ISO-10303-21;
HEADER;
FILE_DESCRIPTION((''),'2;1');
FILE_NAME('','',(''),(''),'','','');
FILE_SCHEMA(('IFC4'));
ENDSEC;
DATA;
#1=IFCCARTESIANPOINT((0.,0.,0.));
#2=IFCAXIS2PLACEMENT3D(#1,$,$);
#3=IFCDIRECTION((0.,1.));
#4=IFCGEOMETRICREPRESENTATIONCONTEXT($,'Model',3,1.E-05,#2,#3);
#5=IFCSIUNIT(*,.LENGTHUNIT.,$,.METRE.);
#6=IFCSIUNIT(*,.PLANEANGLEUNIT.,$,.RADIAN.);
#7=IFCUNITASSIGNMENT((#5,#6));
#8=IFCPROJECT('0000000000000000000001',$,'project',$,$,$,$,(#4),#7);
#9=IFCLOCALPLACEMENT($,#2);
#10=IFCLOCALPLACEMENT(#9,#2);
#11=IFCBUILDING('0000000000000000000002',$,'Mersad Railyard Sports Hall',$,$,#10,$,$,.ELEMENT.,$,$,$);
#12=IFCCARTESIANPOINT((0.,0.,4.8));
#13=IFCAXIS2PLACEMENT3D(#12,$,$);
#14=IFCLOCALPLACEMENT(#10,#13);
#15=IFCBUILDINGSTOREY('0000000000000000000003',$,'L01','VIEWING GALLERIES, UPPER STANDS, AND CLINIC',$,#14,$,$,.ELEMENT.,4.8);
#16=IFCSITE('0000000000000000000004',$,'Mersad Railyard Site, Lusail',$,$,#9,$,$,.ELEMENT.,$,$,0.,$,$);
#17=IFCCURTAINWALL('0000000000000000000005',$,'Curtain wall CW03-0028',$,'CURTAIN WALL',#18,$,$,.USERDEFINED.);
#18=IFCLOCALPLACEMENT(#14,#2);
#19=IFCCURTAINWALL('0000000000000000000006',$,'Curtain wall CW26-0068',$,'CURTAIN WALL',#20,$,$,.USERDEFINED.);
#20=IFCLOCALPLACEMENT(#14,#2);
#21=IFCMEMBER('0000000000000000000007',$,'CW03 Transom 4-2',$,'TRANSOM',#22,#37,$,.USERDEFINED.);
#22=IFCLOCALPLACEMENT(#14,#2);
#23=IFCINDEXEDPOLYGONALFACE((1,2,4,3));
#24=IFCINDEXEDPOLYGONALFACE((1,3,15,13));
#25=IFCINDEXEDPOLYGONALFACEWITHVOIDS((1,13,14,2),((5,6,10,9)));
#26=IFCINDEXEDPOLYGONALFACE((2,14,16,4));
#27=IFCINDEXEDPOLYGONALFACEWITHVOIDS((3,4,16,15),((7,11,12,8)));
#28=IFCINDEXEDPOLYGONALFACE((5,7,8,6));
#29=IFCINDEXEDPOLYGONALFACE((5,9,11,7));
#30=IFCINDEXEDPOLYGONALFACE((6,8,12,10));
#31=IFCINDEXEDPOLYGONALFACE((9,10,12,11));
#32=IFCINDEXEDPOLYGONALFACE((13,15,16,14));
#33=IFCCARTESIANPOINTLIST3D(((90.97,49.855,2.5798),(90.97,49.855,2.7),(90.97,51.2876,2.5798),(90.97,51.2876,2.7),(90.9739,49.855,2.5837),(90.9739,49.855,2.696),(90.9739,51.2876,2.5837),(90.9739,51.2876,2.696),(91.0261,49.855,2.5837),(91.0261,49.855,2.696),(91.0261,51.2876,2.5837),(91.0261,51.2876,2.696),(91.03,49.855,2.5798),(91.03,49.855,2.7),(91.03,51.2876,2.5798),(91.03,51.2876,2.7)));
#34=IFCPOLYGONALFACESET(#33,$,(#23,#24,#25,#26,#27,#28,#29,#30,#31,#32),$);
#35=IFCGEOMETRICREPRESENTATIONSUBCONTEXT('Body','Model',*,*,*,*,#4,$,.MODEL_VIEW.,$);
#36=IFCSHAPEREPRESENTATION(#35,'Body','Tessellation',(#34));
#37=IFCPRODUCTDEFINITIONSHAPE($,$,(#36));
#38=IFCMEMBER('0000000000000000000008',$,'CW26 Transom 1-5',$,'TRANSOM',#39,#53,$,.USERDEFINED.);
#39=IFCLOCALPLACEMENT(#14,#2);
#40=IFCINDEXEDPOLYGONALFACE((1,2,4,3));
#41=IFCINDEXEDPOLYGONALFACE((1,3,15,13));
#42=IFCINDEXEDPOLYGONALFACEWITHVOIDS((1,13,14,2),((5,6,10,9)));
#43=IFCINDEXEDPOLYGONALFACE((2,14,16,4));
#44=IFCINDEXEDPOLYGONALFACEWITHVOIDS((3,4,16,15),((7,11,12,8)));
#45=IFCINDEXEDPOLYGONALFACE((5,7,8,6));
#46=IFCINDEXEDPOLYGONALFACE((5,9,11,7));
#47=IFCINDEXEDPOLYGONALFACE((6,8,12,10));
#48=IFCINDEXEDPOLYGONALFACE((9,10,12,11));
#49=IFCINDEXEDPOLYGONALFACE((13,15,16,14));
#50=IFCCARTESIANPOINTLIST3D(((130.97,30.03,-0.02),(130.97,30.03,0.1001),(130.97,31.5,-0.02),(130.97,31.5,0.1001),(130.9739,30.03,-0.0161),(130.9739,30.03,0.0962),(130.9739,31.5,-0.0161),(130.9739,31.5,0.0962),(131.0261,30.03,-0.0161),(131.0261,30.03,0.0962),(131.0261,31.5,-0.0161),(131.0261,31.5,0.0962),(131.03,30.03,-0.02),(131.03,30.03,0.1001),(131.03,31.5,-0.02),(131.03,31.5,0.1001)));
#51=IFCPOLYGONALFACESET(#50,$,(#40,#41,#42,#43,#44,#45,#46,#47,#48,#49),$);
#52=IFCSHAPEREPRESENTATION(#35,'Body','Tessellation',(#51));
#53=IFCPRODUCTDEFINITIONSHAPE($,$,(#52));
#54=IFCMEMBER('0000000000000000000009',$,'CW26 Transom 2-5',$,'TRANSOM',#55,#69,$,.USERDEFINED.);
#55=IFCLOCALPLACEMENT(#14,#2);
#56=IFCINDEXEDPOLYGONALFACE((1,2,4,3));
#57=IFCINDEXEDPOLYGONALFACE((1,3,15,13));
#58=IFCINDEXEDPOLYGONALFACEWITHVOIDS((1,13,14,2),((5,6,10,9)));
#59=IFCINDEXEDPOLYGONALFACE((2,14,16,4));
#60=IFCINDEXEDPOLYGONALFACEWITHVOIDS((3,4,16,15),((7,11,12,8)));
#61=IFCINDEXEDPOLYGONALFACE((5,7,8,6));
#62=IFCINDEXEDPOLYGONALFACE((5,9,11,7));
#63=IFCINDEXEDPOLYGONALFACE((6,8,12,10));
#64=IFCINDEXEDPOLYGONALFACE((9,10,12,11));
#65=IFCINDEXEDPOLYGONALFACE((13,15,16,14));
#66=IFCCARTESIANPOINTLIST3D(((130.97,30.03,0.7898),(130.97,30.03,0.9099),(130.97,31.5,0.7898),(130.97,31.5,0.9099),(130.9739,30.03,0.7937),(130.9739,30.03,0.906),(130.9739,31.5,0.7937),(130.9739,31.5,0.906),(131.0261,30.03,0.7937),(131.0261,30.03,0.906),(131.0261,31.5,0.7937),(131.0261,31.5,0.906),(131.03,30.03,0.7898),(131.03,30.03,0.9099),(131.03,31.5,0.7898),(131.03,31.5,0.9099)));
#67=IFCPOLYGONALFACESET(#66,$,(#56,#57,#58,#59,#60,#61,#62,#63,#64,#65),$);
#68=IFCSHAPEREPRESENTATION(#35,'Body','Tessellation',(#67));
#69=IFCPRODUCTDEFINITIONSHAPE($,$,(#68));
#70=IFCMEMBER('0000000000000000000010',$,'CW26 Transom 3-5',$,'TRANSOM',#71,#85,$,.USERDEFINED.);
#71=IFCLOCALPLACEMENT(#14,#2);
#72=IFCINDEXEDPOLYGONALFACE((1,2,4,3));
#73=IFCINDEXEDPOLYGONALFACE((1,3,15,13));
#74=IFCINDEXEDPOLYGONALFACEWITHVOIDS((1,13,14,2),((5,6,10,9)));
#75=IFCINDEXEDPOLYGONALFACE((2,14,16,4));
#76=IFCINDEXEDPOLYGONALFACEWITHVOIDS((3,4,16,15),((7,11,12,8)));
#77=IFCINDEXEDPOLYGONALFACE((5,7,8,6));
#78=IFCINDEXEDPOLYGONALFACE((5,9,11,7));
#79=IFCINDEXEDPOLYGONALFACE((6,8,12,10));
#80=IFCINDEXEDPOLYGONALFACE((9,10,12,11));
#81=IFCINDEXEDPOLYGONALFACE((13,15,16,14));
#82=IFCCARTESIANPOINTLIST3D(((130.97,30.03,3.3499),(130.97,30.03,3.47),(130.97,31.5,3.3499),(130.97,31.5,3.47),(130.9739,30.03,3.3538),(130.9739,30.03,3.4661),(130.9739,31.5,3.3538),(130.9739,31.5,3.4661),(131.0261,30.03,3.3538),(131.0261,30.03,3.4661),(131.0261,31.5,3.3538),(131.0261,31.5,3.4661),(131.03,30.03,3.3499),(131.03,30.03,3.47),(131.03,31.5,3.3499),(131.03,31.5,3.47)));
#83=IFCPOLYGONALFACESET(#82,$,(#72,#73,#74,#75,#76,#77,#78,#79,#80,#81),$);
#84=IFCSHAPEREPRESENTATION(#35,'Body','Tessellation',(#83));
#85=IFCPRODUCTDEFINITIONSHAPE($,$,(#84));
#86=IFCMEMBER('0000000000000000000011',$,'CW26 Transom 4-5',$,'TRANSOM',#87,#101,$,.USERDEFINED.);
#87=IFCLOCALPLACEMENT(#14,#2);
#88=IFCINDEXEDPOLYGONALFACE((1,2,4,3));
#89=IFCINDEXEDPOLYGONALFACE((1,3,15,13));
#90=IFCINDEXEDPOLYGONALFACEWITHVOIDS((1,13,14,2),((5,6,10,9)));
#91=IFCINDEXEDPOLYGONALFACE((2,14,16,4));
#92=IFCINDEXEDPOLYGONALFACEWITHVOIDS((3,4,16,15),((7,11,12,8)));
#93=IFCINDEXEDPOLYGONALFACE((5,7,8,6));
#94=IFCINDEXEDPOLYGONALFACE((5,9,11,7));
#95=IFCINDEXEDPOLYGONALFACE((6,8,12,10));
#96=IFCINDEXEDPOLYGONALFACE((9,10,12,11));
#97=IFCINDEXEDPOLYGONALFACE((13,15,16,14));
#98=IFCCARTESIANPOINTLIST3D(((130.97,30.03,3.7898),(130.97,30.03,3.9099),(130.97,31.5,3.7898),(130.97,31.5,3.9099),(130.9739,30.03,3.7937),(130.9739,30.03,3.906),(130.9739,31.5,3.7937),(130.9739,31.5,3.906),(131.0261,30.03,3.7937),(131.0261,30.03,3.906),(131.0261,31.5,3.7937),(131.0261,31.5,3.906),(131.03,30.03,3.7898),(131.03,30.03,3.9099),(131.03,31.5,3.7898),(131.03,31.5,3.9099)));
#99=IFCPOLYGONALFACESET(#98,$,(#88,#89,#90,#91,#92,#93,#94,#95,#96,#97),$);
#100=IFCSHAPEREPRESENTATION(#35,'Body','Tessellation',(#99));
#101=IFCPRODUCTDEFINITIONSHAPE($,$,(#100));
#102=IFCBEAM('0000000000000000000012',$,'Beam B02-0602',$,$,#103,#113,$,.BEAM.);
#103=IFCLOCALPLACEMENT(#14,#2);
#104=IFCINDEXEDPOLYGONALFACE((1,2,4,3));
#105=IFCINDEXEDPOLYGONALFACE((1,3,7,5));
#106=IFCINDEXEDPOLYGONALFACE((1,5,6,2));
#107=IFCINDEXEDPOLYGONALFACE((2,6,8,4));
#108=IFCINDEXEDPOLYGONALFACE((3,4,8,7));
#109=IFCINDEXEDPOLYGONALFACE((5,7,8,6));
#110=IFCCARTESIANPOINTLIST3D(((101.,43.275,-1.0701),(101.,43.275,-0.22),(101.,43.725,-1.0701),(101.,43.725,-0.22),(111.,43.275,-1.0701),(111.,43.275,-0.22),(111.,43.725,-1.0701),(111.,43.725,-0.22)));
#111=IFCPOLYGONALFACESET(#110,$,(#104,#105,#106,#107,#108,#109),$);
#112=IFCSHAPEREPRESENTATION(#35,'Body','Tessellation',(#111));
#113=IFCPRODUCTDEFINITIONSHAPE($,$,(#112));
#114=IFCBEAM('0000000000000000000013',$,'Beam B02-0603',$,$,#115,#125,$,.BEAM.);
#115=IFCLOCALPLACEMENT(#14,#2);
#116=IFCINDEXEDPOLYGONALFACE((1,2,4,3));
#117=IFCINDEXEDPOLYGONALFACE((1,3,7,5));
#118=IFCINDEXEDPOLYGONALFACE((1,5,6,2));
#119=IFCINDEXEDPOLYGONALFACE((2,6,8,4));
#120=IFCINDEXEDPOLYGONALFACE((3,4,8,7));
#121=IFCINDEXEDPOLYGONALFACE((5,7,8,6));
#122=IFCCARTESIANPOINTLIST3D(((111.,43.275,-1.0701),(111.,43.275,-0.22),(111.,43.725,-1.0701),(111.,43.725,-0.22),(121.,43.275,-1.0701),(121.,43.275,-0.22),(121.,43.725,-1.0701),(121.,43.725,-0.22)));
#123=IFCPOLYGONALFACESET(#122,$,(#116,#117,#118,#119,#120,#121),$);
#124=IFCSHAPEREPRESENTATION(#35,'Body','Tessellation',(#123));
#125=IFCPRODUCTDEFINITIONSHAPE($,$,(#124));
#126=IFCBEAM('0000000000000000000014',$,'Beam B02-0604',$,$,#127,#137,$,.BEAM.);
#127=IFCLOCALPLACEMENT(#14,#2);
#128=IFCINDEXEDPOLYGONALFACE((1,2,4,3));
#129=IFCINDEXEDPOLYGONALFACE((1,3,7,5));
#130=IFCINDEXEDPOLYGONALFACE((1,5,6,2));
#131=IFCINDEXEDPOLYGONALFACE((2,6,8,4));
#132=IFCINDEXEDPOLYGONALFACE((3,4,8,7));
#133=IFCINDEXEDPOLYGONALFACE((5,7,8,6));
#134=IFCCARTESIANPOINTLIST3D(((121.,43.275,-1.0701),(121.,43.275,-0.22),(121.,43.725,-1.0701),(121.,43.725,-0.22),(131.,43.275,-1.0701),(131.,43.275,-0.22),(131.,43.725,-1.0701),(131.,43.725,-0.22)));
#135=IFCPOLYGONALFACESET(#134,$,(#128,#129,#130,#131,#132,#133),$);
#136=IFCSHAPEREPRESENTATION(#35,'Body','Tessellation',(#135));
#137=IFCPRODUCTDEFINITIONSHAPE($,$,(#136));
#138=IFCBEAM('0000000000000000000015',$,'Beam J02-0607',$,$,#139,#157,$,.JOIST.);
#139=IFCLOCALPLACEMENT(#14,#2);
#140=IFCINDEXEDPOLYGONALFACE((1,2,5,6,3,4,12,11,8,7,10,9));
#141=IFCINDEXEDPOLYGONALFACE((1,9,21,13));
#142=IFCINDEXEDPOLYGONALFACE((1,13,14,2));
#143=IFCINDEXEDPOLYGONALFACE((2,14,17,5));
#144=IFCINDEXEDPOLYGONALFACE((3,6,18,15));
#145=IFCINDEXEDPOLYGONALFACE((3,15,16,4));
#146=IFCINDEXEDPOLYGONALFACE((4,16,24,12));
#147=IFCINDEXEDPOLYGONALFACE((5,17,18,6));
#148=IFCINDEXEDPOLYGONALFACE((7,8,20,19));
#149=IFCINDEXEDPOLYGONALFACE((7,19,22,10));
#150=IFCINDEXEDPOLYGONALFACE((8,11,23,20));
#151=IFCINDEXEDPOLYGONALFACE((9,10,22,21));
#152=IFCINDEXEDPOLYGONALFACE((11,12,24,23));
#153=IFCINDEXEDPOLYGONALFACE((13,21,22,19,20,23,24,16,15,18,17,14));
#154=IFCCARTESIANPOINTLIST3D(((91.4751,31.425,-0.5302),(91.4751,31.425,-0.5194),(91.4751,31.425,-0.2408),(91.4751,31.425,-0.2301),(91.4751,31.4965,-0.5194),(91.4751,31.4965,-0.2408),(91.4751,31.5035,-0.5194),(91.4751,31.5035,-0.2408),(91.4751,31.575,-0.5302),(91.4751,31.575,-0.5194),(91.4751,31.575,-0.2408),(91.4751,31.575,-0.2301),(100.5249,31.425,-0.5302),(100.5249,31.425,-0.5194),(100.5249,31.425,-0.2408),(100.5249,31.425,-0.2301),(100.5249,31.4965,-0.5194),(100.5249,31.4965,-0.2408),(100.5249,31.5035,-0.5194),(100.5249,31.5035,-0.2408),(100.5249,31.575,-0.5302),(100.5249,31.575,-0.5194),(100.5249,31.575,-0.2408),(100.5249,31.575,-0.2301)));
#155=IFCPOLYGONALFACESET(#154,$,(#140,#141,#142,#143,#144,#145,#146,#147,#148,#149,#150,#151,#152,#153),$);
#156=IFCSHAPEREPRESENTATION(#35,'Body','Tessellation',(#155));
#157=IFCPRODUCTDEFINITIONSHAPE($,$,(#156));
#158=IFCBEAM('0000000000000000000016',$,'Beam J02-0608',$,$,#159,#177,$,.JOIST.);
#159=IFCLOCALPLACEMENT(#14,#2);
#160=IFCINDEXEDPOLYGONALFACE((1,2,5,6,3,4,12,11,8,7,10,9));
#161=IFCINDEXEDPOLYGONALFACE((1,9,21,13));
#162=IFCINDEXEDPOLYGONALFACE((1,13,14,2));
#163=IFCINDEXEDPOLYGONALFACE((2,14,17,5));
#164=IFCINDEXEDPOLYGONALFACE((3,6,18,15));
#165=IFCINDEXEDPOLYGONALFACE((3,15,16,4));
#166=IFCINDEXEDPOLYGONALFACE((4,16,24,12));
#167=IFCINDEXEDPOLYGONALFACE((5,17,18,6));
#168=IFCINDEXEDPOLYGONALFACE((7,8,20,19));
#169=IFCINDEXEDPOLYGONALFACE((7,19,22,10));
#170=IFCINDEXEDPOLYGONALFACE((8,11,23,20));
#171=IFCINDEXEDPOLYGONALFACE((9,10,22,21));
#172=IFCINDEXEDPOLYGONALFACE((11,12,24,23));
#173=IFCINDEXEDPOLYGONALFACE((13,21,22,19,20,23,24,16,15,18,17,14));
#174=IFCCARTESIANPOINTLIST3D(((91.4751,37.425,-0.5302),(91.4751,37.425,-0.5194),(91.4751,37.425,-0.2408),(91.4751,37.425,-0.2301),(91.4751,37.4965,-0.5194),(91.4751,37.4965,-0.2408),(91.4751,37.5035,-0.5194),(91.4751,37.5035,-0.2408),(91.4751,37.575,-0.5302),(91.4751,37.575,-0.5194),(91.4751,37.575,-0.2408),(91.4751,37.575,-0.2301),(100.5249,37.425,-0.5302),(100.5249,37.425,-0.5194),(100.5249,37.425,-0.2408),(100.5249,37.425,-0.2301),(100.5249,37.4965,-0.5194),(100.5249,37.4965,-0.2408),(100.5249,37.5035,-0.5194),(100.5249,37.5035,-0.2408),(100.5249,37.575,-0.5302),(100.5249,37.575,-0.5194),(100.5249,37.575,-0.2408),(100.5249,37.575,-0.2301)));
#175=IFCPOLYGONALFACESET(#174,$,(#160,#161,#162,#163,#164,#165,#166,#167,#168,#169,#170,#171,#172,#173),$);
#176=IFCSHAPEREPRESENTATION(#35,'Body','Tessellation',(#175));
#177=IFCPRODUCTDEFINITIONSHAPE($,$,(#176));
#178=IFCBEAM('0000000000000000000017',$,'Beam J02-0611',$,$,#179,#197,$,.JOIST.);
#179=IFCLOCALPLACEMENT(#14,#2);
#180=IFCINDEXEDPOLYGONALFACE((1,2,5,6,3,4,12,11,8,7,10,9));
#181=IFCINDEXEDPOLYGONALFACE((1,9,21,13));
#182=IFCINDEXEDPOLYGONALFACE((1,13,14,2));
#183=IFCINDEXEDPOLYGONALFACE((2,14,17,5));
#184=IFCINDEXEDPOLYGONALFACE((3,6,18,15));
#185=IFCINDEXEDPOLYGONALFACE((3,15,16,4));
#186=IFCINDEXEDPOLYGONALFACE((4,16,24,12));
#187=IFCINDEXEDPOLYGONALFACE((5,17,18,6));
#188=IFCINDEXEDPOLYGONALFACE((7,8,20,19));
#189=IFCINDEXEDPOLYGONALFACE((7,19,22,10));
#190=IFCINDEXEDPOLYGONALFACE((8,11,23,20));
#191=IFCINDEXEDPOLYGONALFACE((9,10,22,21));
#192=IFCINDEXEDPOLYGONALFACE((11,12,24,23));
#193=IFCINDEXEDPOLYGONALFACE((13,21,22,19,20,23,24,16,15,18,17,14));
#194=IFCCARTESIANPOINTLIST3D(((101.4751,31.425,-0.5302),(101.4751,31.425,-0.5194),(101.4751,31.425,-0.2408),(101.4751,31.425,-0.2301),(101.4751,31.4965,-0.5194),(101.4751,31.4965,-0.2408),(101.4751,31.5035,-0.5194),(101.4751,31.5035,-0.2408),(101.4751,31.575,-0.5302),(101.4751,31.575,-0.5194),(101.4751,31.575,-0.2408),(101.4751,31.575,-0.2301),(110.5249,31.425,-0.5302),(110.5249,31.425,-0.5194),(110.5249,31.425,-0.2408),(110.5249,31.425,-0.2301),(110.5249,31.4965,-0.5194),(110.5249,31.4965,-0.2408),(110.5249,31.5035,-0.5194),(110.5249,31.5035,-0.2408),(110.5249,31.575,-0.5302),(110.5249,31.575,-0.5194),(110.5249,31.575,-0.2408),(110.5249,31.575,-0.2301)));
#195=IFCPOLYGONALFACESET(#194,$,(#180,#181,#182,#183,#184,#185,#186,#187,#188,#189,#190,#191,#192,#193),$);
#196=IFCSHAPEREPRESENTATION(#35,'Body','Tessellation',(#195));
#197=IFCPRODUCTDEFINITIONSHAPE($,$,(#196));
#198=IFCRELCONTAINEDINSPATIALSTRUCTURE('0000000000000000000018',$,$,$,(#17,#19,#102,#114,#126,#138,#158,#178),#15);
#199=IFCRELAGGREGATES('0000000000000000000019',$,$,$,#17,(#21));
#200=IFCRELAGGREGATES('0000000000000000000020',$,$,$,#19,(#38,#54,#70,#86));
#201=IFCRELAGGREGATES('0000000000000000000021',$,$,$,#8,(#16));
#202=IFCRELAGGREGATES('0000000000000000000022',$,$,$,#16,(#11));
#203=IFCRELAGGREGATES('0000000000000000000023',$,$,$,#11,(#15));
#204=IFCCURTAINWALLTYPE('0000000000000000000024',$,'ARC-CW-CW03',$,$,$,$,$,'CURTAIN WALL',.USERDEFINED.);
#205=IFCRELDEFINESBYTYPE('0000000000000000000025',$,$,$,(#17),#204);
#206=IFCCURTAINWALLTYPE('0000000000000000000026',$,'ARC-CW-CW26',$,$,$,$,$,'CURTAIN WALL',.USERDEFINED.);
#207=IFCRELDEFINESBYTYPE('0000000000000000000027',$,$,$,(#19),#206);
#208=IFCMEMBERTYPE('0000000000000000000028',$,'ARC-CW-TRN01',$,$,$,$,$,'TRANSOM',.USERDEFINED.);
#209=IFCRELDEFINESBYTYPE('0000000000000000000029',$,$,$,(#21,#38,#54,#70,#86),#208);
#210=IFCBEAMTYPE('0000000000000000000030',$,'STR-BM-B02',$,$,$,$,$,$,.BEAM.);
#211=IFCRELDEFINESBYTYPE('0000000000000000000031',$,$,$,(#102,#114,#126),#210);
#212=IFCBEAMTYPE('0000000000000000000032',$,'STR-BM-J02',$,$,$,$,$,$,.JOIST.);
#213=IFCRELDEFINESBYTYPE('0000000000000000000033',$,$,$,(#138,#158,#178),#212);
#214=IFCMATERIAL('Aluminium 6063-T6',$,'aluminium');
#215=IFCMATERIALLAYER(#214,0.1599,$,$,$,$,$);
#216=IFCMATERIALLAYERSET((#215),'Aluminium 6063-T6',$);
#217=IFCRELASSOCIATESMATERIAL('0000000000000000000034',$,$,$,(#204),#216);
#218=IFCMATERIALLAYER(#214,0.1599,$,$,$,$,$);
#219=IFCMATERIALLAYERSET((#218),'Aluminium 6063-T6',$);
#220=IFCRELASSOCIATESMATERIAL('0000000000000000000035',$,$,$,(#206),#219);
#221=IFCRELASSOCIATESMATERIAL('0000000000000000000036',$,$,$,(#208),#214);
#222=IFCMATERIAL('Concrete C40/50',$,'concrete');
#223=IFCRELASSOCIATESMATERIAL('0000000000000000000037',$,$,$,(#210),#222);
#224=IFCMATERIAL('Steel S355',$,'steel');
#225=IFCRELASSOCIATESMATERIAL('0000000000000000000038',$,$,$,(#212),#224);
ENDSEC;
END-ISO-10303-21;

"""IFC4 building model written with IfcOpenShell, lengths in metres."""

from ifc_helpers import new_model, si_unit, direction, frame, origin, origin_2d, place, context, subcontext, project, spatial, rectangle, hollow_rectangle, i_section, extrude, material, layer, layer_set, material_profile, profile_set, type_object, element, aggregate, save


model = new_model("IFC4")

# Units and contexts
model_context = context("Model", 3, precision=1e-05, world=origin(), true_north=direction((0.0, 1.0)))
body_context = subcontext(model_context, "Body", "Model", "MODEL_VIEW")
ifc_project = project(units=[si_unit("LENGTHUNIT", "METRE"), si_unit("PLANEANGLEUNIT", "RADIAN")], contexts=[model_context])

# Site, building, storey
site_placement = place(None, origin())
site = spatial("IfcSite", under=ifc_project, at=site_placement, Name="Mersad Railyard Site, Lusail", CompositionType="ELEMENT", RefElevation=0.0)
building_placement = place(site_placement, origin())
building = spatial("IfcBuilding", under=site, at=building_placement, Name="Mersad Railyard Sports Hall", CompositionType="ELEMENT")
storey_placement = place(building_placement, frame((0.0, 0.0, 4.8)))
storey = spatial("IfcBuildingStorey", under=building, at=storey_placement, Name="L01", Description="VIEWING GALLERIES, UPPER STANDS, AND CLINIC", CompositionType="ELEMENT", Elevation=4.8)

# Curtain wall
ifc_material_1 = material(Name="Aluminium 6063-T6", Category="aluminium")
ifc_layer_1 = layer(ifc_material_1, 0.1599)
ifc_layer_set_1 = layer_set([ifc_layer_1], Name="Aluminium 6063-T6")
curtain_wall_type_1 = type_object("IfcCurtainWallType", Name="ARC-CW-CW03", ElementType="CURTAIN WALL", PredefinedType="USERDEFINED", material=ifc_layer_set_1)
curtain_wall_1_placement = place(storey_placement, origin())
curtain_wall_1 = element("IfcCurtainWall", 1, at=curtain_wall_1_placement, inside=storey, type_object=curtain_wall_type_1, Name="Curtain wall CW03-0028", ObjectType="CURTAIN WALL", PredefinedType="USERDEFINED")

# Curtain wall
ifc_layer_2 = layer(ifc_material_1, 0.1599)
ifc_layer_set_2 = layer_set([ifc_layer_2], Name="Aluminium 6063-T6")
curtain_wall_type_2 = type_object("IfcCurtainWallType", Name="ARC-CW-CW26", ElementType="CURTAIN WALL", PredefinedType="USERDEFINED", material=ifc_layer_set_2)
curtain_wall_2_placement = place(storey_placement, origin())
curtain_wall_2 = element("IfcCurtainWall", 2, at=curtain_wall_2_placement, inside=storey, type_object=curtain_wall_type_2, Name="Curtain wall CW26-0068", ObjectType="CURTAIN WALL", PredefinedType="USERDEFINED")

# Members
ifc_material_profile_1 = material_profile(ifc_material_1, hollow_rectangle(XDim=0.0601, YDim=0.1201, WallThickness=0.0039, at=origin_2d()), Name="AL TRANSOM 60x120x4")
ifc_profile_set_1 = profile_set([ifc_material_profile_1], Name="Aluminium 6063-T6")
member_type_1 = type_object("IfcMemberType", Name="ARC-CW-TRN01", ElementType="TRANSOM", PredefinedType="USERDEFINED", material=ifc_profile_set_1)
member_1_placement = place(storey_placement, frame((91.0, 51.2876, 2.6399), z_axis=(0.0, -1.0, 0.0), x_axis=(1.0, 0.0, 0.0)))
member_1 = element("IfcMember", 3, at=member_1_placement, type_object=member_type_1, Name="CW03 Transom 4-2", ObjectType="TRANSOM", PredefinedType="USERDEFINED", context=body_context, shape_type="SweptSolid", body=[
    extrude(hollow_rectangle(XDim=0.0601, YDim=0.1201, WallThickness=0.0039, at=origin_2d()), origin(), (0.0, 0.0, 1.0), 1.4326),
])
member_2_placement = place(storey_placement, frame((131.0, 30.03, 0.04), z_axis=(0.0, 1.0, 0.0), x_axis=(-1.0, 0.0, 0.0)))
member_2 = element("IfcMember", 4, at=member_2_placement, type_object=member_type_1, Name="CW26 Transom 1-5", ObjectType="TRANSOM", PredefinedType="USERDEFINED", context=body_context, shape_type="SweptSolid", body=[
    extrude(hollow_rectangle(XDim=0.0601, YDim=0.1201, WallThickness=0.0039, at=origin_2d()), origin(), (0.0, 0.0, 1.0), 1.47),
])
member_3_placement = place(storey_placement, frame((131.0, 30.03, 0.8499), z_axis=(0.0, 1.0, 0.0), x_axis=(-1.0, 0.0, 0.0)))
member_3 = element("IfcMember", 5, at=member_3_placement, type_object=member_type_1, Name="CW26 Transom 2-5", ObjectType="TRANSOM", PredefinedType="USERDEFINED", context=body_context, shape_type="SweptSolid", body=[
    extrude(hollow_rectangle(XDim=0.0601, YDim=0.1201, WallThickness=0.0039, at=origin_2d()), origin(), (0.0, 0.0, 1.0), 1.47),
])
member_4_placement = place(storey_placement, frame((131.0, 30.03, 3.4099), z_axis=(0.0, 1.0, 0.0), x_axis=(-1.0, 0.0, 0.0)))
member_4 = element("IfcMember", 6, at=member_4_placement, type_object=member_type_1, Name="CW26 Transom 3-5", ObjectType="TRANSOM", PredefinedType="USERDEFINED", context=body_context, shape_type="SweptSolid", body=[
    extrude(hollow_rectangle(XDim=0.0601, YDim=0.1201, WallThickness=0.0039, at=origin_2d()), origin(), (0.0, 0.0, 1.0), 1.47),
])
member_5_placement = place(storey_placement, frame((131.0, 30.03, 3.8499), z_axis=(0.0, 1.0, 0.0), x_axis=(-1.0, 0.0, 0.0)))
member_5 = element("IfcMember", 7, at=member_5_placement, type_object=member_type_1, Name="CW26 Transom 4-5", ObjectType="TRANSOM", PredefinedType="USERDEFINED", context=body_context, shape_type="SweptSolid", body=[
    extrude(hollow_rectangle(XDim=0.0601, YDim=0.1201, WallThickness=0.0039, at=origin_2d()), origin(), (0.0, 0.0, 1.0), 1.47),
])

# Beams
ifc_material_2 = material(Name="Concrete C40/50", Category="concrete")
ifc_material_profile_2 = material_profile(ifc_material_2, rectangle(XDim=0.45, YDim=0.8501, at=origin_2d()), Name="RC 450x850")
ifc_profile_set_2 = profile_set([ifc_material_profile_2], Name="Concrete C40/50")
beam_type_1 = type_object("IfcBeamType", Name="STR-BM-B02", PredefinedType="BEAM", material=ifc_profile_set_2)
for number, where, z_axis, x_axis, name in (
    (8, (101.0, 43.5, -0.645), (1.0, 0.0, 0.0), (0.0, 1.0, 0.0), "Beam B02-0602"),
    (9, (111.0, 43.5, -0.645), (1.0, 0.0, 0.0), (0.0, 1.0, 0.0), "Beam B02-0603"),
    (10, (121.0, 43.5, -0.645), (1.0, 0.0, 0.0), (0.0, 1.0, 0.0), "Beam B02-0604"),
):
    element("IfcBeam", number, at=place(storey_placement, frame(where, z_axis=z_axis, x_axis=x_axis)), inside=storey, type_object=beam_type_1, Name=name, PredefinedType="BEAM", context=body_context, shape_type="SweptSolid", body=[
        extrude(rectangle(XDim=0.45, YDim=0.8501, at=origin_2d()), origin(), (0.0, 0.0, 1.0), 10.0),
    ])
ifc_material_3 = material(Name="Steel S355", Category="steel")
ifc_material_profile_3 = material_profile(ifc_material_3, i_section(OverallWidth=0.1499, OverallDepth=0.3, WebThickness=0.0071, FlangeThickness=0.0107, at=origin_2d()), Name="IPE 300")
ifc_profile_set_3 = profile_set([ifc_material_profile_3], Name="Steel S355")
beam_type_2 = type_object("IfcBeamType", Name="STR-BM-J02", PredefinedType="JOIST", material=ifc_profile_set_3)
for number, where, z_axis, x_axis, name in (
    (11, (91.4751, 31.5, -0.3801), (1.0, 0.0, 0.0), (0.0, 1.0, 0.0), "Beam J02-0607"),
    (12, (91.4751, 37.5, -0.3801), (1.0, 0.0, 0.0), (0.0, 1.0, 0.0), "Beam J02-0608"),
    (13, (101.4751, 31.5, -0.3801), (1.0, 0.0, 0.0), (0.0, 1.0, 0.0), "Beam J02-0611"),
):
    element("IfcBeam", number, at=place(storey_placement, frame(where, z_axis=z_axis, x_axis=x_axis)), inside=storey, type_object=beam_type_2, Name=name, PredefinedType="JOIST", context=body_context, shape_type="SweptSolid", body=[
        extrude(i_section(OverallWidth=0.1499, OverallDepth=0.3, WebThickness=0.0071, FlangeThickness=0.0107, at=origin_2d()), origin(), (0.0, 0.0, 1.0), 9.0498),
    ])

aggregate(curtain_wall_1, [member_1])
aggregate(curtain_wall_2, [member_2, member_3, member_4, member_5])

save(model, "model.ifc")
